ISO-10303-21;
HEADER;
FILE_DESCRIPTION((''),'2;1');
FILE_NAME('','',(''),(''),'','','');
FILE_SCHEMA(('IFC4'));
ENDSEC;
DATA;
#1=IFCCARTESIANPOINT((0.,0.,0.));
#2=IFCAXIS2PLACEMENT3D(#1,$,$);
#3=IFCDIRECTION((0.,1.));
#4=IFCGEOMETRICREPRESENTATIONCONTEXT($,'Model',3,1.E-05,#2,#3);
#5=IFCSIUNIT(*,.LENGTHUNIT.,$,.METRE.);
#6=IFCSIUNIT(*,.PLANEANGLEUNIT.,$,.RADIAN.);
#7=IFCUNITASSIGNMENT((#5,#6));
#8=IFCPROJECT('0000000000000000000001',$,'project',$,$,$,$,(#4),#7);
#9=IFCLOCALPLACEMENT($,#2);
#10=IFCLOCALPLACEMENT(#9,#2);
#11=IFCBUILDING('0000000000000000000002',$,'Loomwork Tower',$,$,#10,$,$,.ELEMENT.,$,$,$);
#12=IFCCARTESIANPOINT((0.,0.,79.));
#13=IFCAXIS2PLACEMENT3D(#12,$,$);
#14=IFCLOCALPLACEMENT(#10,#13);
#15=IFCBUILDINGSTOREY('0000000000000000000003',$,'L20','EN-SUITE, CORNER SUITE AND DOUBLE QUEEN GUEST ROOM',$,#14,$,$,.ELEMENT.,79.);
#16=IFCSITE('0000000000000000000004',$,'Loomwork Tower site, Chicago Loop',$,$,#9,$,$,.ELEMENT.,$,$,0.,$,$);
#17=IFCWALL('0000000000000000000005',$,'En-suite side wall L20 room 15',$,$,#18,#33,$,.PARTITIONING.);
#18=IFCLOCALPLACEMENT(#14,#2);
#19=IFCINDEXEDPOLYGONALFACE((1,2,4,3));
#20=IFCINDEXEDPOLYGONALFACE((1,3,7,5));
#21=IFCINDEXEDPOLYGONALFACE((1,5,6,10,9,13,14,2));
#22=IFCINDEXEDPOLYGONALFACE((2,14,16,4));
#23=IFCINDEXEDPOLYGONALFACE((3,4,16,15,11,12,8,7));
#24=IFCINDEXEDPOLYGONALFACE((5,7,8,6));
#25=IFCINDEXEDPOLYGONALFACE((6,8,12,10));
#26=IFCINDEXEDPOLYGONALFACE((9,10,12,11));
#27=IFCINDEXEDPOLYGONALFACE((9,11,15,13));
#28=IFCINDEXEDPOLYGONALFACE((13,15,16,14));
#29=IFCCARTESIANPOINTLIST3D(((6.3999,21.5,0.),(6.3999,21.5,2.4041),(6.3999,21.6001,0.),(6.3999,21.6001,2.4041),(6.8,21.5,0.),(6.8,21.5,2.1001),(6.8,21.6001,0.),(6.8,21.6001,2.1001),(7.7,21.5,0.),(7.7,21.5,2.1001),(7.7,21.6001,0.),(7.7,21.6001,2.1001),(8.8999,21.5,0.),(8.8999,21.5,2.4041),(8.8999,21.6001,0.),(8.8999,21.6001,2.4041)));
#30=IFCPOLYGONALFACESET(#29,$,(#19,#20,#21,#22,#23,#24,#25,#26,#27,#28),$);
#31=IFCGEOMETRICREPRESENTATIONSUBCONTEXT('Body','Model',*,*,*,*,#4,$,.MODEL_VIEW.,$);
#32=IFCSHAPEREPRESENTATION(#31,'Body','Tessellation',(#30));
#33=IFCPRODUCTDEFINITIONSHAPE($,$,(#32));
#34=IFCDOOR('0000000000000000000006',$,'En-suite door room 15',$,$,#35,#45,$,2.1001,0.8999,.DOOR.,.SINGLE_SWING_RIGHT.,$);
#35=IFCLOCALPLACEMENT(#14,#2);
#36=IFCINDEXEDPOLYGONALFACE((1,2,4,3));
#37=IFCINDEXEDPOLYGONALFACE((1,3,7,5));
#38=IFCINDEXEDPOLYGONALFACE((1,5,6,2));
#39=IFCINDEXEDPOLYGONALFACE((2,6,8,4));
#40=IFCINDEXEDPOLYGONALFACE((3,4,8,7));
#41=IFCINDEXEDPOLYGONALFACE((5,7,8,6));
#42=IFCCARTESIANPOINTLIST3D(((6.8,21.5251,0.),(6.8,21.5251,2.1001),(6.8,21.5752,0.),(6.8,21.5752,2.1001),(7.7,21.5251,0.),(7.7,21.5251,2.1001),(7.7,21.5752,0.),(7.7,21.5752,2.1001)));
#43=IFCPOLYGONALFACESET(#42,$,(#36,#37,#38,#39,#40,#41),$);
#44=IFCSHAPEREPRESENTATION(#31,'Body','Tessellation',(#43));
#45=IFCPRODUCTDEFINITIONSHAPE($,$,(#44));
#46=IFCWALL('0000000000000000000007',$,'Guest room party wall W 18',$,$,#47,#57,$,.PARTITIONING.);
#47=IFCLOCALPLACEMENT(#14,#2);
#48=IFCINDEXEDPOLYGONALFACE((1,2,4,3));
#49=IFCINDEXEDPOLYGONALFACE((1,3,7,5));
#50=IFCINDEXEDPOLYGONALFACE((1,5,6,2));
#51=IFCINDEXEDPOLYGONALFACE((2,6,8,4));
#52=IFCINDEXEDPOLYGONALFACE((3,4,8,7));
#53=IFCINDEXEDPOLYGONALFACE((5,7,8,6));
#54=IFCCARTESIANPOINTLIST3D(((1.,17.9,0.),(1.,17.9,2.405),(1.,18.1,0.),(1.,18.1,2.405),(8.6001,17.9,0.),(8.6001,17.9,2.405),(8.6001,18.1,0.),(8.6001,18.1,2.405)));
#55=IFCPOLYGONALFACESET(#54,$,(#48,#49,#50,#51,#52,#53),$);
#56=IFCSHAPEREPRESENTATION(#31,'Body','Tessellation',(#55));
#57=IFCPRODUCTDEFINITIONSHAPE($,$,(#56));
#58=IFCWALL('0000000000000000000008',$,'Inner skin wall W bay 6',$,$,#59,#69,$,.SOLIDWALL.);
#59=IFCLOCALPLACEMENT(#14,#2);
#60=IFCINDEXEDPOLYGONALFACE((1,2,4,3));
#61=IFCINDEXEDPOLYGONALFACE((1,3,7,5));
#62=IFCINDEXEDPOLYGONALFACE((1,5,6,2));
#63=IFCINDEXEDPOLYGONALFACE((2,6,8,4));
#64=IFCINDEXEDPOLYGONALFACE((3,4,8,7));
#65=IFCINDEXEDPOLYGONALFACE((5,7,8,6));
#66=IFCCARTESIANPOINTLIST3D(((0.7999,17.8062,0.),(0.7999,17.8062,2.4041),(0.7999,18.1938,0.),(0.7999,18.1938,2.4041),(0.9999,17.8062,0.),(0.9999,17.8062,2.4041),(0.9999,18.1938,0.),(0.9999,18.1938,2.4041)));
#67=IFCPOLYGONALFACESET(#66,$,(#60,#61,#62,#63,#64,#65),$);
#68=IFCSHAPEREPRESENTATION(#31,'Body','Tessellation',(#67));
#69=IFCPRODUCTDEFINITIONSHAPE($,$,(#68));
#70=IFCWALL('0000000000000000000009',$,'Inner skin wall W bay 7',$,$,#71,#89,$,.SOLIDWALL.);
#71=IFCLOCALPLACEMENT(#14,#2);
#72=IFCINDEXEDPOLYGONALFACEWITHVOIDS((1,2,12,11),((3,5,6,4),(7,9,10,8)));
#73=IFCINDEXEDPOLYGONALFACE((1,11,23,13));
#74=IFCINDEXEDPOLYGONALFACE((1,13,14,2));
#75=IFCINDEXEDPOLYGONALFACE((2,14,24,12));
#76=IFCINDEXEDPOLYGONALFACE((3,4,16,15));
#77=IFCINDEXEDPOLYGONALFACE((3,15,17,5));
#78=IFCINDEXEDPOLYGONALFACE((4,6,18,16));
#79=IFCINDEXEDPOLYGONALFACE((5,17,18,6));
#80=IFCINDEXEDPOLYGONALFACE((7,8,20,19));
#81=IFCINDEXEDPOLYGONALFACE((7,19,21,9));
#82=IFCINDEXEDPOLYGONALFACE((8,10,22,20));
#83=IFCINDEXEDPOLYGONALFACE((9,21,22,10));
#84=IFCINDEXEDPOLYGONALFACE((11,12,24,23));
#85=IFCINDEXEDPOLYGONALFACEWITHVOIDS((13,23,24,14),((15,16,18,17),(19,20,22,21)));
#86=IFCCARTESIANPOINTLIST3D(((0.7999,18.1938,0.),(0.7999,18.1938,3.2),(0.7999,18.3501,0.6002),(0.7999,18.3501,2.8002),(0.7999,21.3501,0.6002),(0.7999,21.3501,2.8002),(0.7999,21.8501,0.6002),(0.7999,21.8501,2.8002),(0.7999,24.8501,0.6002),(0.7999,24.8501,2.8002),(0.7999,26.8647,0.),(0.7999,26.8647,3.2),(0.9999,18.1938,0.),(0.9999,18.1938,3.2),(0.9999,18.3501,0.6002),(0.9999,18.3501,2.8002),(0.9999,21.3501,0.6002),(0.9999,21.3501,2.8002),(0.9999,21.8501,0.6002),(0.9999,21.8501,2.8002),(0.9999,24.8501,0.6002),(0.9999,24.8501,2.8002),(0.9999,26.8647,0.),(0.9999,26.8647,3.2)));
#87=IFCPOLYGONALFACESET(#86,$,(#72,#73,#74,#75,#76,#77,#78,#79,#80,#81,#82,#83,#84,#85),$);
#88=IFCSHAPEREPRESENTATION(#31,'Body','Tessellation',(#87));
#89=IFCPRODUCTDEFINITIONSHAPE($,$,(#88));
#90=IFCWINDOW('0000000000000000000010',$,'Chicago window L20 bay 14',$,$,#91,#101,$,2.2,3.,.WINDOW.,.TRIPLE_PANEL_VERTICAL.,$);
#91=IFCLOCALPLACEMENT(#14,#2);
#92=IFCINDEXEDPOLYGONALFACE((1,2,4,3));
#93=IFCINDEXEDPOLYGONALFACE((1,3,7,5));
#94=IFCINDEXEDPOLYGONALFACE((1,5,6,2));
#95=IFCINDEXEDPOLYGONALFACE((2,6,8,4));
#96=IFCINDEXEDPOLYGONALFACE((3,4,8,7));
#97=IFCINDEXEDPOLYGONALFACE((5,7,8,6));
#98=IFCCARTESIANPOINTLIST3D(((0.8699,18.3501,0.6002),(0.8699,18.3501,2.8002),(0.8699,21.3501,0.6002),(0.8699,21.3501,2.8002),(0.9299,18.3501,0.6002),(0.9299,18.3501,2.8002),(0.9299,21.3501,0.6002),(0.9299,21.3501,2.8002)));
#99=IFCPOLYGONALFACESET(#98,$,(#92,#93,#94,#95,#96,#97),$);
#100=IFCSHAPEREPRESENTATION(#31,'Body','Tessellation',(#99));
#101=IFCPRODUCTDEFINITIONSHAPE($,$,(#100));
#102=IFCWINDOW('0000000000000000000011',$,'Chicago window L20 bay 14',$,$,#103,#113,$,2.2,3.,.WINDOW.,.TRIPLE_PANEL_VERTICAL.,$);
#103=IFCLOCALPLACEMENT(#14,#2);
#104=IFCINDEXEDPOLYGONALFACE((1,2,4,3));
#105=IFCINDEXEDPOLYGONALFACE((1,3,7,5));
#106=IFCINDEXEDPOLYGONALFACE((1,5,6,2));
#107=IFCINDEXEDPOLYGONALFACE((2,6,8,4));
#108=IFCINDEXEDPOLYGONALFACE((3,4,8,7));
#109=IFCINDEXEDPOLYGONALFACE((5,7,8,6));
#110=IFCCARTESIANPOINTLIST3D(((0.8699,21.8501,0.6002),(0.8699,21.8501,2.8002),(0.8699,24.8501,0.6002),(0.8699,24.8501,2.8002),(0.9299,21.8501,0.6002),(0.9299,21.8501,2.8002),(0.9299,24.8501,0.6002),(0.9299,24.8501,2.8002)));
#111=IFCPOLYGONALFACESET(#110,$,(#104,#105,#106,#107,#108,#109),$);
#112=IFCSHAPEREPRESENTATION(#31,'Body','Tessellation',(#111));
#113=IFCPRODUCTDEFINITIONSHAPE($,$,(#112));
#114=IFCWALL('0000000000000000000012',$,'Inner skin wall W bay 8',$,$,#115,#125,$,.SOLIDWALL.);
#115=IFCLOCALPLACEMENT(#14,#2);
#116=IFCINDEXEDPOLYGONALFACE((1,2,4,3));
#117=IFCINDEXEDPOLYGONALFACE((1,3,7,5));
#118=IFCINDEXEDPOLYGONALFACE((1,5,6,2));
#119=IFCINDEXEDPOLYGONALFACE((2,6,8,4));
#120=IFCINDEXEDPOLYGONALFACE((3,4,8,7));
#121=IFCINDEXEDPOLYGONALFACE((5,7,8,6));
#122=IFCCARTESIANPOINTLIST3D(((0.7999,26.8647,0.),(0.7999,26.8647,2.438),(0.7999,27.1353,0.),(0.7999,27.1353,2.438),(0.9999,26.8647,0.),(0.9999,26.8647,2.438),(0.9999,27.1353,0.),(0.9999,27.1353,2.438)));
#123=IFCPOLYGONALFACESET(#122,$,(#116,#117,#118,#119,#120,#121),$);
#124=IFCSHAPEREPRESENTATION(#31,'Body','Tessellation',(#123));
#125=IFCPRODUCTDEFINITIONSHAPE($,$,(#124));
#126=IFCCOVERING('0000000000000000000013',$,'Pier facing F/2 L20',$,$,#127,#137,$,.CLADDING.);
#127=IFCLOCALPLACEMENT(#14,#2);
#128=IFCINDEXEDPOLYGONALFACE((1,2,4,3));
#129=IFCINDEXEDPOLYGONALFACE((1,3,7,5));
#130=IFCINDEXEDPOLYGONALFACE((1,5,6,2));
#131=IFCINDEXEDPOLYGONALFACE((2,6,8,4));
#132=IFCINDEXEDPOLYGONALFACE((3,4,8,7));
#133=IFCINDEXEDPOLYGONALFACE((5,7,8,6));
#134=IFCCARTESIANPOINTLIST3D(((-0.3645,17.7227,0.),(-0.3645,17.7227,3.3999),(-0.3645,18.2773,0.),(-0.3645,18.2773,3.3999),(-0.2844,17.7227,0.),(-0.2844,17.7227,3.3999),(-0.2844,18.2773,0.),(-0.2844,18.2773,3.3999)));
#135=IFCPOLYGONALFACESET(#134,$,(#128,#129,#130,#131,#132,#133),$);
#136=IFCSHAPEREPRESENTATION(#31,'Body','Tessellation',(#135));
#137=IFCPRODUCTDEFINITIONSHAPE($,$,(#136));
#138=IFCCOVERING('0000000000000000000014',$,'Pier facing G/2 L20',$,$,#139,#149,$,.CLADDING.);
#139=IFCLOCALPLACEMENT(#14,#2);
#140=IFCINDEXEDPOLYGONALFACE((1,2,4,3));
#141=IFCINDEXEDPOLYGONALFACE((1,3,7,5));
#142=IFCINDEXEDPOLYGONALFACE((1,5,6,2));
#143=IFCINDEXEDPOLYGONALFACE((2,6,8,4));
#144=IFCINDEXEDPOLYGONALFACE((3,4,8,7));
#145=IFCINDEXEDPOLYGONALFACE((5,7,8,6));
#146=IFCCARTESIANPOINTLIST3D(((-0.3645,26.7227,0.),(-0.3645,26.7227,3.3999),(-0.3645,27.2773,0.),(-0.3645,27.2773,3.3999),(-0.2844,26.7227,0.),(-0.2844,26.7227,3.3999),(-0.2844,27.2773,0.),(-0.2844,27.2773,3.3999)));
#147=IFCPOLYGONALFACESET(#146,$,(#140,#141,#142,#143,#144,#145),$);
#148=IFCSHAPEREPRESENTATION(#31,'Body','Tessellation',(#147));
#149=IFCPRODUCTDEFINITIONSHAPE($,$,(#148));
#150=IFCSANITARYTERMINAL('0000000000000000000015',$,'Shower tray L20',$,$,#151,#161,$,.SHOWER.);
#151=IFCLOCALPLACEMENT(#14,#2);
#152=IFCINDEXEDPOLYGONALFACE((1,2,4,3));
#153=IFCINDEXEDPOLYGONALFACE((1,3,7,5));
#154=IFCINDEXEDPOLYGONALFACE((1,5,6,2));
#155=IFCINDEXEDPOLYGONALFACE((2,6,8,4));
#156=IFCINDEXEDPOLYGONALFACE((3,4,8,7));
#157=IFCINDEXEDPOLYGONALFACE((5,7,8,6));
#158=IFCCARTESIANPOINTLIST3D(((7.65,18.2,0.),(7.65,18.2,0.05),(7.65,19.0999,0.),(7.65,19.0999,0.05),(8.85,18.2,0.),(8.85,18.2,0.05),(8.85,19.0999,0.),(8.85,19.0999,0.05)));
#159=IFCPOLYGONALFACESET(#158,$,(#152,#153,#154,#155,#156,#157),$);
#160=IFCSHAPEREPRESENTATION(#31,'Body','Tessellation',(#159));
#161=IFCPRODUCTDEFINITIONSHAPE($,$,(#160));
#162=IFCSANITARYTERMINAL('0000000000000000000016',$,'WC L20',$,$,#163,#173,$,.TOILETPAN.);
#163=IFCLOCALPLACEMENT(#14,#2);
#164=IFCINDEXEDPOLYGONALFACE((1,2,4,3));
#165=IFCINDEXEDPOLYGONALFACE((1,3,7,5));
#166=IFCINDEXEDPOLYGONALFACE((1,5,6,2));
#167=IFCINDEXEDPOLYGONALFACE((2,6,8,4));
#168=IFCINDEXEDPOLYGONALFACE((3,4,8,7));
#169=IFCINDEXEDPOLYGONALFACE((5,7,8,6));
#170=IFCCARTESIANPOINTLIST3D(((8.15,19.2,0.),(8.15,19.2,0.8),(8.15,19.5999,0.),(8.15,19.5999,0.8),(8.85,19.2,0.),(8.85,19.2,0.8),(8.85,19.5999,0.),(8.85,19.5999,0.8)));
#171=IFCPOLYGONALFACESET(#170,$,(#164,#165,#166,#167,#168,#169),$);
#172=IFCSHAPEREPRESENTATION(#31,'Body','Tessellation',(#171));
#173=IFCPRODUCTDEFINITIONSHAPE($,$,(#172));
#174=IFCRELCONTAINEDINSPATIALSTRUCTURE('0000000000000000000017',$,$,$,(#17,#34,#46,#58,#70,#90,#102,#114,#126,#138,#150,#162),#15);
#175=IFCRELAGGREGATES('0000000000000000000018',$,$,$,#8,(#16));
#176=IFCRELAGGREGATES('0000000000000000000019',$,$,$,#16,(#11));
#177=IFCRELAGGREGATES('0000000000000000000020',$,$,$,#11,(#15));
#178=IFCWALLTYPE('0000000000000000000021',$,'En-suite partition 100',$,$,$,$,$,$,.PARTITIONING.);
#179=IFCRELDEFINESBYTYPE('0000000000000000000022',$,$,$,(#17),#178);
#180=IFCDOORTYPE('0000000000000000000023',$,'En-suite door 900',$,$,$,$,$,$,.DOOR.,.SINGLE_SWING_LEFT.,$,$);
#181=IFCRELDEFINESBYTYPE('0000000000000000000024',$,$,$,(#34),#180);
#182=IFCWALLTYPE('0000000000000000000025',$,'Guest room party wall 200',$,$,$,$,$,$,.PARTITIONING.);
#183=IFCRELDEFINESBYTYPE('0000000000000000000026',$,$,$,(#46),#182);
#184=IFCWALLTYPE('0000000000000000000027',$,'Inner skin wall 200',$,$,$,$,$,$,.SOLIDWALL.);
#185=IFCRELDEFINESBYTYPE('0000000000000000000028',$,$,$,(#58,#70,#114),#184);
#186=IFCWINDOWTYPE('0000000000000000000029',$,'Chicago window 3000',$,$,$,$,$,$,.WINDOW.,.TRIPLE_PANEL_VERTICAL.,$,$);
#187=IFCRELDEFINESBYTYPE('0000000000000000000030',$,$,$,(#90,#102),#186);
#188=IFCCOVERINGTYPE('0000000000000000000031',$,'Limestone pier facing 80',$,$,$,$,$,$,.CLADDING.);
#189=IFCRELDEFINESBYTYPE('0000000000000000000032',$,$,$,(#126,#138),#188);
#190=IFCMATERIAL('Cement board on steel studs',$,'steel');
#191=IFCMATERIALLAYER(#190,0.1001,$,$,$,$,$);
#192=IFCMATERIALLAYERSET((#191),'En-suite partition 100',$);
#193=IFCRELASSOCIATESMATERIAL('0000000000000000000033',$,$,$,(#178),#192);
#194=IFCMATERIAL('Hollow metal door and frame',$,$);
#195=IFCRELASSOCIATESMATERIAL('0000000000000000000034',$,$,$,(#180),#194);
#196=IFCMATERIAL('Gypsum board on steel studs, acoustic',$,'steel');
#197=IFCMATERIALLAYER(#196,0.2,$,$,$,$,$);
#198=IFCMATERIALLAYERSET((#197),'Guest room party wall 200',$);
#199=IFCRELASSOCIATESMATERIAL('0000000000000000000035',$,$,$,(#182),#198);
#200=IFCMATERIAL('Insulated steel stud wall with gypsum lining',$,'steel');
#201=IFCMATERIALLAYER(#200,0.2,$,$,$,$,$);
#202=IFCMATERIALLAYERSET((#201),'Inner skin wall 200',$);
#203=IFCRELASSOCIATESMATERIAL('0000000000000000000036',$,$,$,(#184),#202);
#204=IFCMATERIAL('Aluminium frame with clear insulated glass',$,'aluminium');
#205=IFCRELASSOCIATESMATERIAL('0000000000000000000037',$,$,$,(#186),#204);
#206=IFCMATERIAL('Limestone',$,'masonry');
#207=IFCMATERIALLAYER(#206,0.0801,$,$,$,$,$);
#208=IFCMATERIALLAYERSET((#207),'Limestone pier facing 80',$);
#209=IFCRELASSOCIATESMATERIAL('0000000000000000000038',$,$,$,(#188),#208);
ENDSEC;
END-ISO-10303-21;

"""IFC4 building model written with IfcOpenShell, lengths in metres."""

from ifc_helpers import new_model, si_unit, direction, frame, frame_2d, origin, origin_2d, place, context, subcontext, project, spatial, rectangle, extrude, material, layer, layer_set, type_object, element, fill, save


model = new_model("IFC4")

# Units and contexts
model_context = context("Model", 3, precision=1e-05, world=origin(), true_north=direction((0.0, 1.0)))
body_context = subcontext(model_context, "Body", "Model", "MODEL_VIEW")
ifc_project = project(units=[si_unit("LENGTHUNIT", "METRE"), si_unit("PLANEANGLEUNIT", "RADIAN")], contexts=[model_context])

# Site, building, storey
site_placement = place(None, origin())
site = spatial("IfcSite", under=ifc_project, at=site_placement, Name="Loomwork Tower site, Chicago Loop", CompositionType="ELEMENT", RefElevation=0.0)
building_placement = place(site_placement, origin())
building = spatial("IfcBuilding", under=site, at=building_placement, Name="Loomwork Tower", CompositionType="ELEMENT")
storey_placement = place(building_placement, frame((0.0, 0.0, 79.0)))
storey = spatial("IfcBuildingStorey", under=building, at=storey_placement, Name="L20", Description="EN-SUITE, CORNER SUITE AND DOUBLE QUEEN GUEST ROOM", CompositionType="ELEMENT", Elevation=79.0)

# Shared definitions
ifc_material_1 = material(Name="Cement board on steel studs", Category="steel")
ifc_layer_1 = layer(ifc_material_1, 0.1001)
ifc_layer_set_1 = layer_set([ifc_layer_1], Name="En-suite partition 100")
wall_type_1 = type_object("IfcWallType", Name="En-suite partition 100", PredefinedType="PARTITIONING", material=ifc_layer_set_1)

# Wall, opening, door
wall_1_placement = place(storey_placement, frame((8.8999, 21.55, 0.0), z_axis=(0.0, 0.0, 1.0), x_axis=(-1.0, 0.0, 0.0)))
wall_1 = element("IfcWall", 1, at=wall_1_placement, inside=storey, type_object=wall_type_1, Name="En-suite side wall L20 room 15", PredefinedType="PARTITIONING", context=body_context, shape_type="SweptSolid", body=[
    extrude(rectangle(XDim=2.5, YDim=0.1001, at=frame_2d((1.25, 0.0))), origin(), (0.0, 0.0, 1.0), 2.4041),
])
opening_1_placement = place(wall_1_placement, frame((1.2, 0.0, 0.0)))
opening_1 = element("IfcOpeningElement", 2, at=opening_1_placement, cuts=wall_1, PredefinedType="OPENING", context=body_context, shape_type="SweptSolid", body=[
    extrude(rectangle(XDim=0.8999, YDim=2.1001, at=frame_2d((0.45, 1.05))), frame((0.0, 0.0601, 0.0), z_axis=(0.0, -1.0, 0.0), x_axis=(1.0, 0.0, 0.0)), (0.0, 0.0, 1.0), 0.1201),
])
ifc_material_2 = material(Name="Hollow metal door and frame")
door_type = type_object("IfcDoorType", Name="En-suite door 900", OperationType="SINGLE_SWING_LEFT", PredefinedType="DOOR", material=ifc_material_2)
door_placement = place(opening_1_placement, origin())
door = element("IfcDoor", 3, at=door_placement, inside=storey, type_object=door_type, Name="En-suite door room 15", OperationType="SINGLE_SWING_RIGHT", OverallHeight=2.1001, OverallWidth=0.8999, PredefinedType="DOOR", context=body_context, shape_type="SweptSolid", body=[
    extrude(rectangle(XDim=0.8999, YDim=2.1001, at=frame_2d((0.45, 1.05))), frame((0.0, 0.0249, 0.0), z_axis=(0.0, -1.0, 0.0), x_axis=(1.0, 0.0, 0.0)), (0.0, 0.0, 1.0), 0.05),
])
fill(opening_1, door)

# Walls
ifc_material_3 = material(Name="Gypsum board on steel studs, acoustic", Category="steel")
ifc_layer_2 = layer(ifc_material_3, 0.2)
ifc_layer_set_2 = layer_set([ifc_layer_2], Name="Guest room party wall 200")
wall_type_2 = type_object("IfcWallType", Name="Guest room party wall 200", PredefinedType="PARTITIONING", material=ifc_layer_set_2)
wall_2_placement = place(storey_placement, frame((8.6001, 18.0, 0.0), z_axis=(0.0, 0.0, 1.0), x_axis=(-1.0, 0.0, 0.0)))
element("IfcWall", 4, at=wall_2_placement, inside=storey, type_object=wall_type_2, Name="Guest room party wall W 18", PredefinedType="PARTITIONING", context=body_context, shape_type="SweptSolid", body=[
    extrude(rectangle(XDim=7.6001, YDim=0.2, at=frame_2d((3.8, 0.0))), origin(), (0.0, 0.0, 1.0), 2.405),
])
ifc_material_4 = material(Name="Insulated steel stud wall with gypsum lining", Category="steel")
ifc_layer_3 = layer(ifc_material_4, 0.2)
ifc_layer_set_3 = layer_set([ifc_layer_3], Name="Inner skin wall 200")
wall_type_3 = type_object("IfcWallType", Name="Inner skin wall 200", PredefinedType="SOLIDWALL", material=ifc_layer_set_3)
wall_3_placement = place(storey_placement, frame((0.8999, 17.8062, 0.0), z_axis=(0.0, 0.0, 1.0), x_axis=(0.0, 1.0, 0.0)))
element("IfcWall", 5, at=wall_3_placement, inside=storey, type_object=wall_type_3, Name="Inner skin wall W bay 6", PredefinedType="SOLIDWALL", context=body_context, shape_type="SweptSolid", body=[
    extrude(rectangle(XDim=0.3877, YDim=0.2, at=frame_2d((0.1938, 0.0))), origin(), (0.0, 0.0, 1.0), 2.4041),
])

# Wall, openings, windows
wall_4_placement = place(storey_placement, frame((0.8999, 18.1938, 0.0), z_axis=(0.0, 0.0, 1.0), x_axis=(0.0, 1.0, 0.0)))
wall_4 = element("IfcWall", 6, at=wall_4_placement, inside=storey, type_object=wall_type_3, Name="Inner skin wall W bay 7", PredefinedType="SOLIDWALL", context=body_context, shape_type="SweptSolid", body=[
    extrude(rectangle(XDim=8.6709, YDim=0.2, at=frame_2d((4.3354, 0.0))), origin(), (0.0, 0.0, 1.0), 3.2),
])
opening_2_placement = place(wall_4_placement, frame((0.1562, 0.0, 0.6001)))
opening_2 = element("IfcOpeningElement", 7, at=opening_2_placement, cuts=wall_4, PredefinedType="OPENING", context=body_context, shape_type="SweptSolid", body=[
    extrude(rectangle(XDim=3.0, YDim=2.2, at=frame_2d((1.5, 1.1001))), frame((0.0, 0.1099, 0.0), z_axis=(0.0, -1.0, 0.0), x_axis=(1.0, 0.0, 0.0)), (0.0, 0.0, 1.0), 0.22),
])
opening_3_placement = place(wall_4_placement, frame((3.6562, 0.0, 0.6001)))
opening_3 = element("IfcOpeningElement", 8, at=opening_3_placement, cuts=wall_4, PredefinedType="OPENING", context=body_context, shape_type="SweptSolid", body=[
    extrude(rectangle(XDim=3.0, YDim=2.2, at=frame_2d((1.5, 1.1001))), frame((0.0, 0.1099, 0.0), z_axis=(0.0, -1.0, 0.0), x_axis=(1.0, 0.0, 0.0)), (0.0, 0.0, 1.0), 0.22),
])
ifc_material_5 = material(Name="Aluminium frame with clear insulated glass", Category="aluminium")
window_type = type_object("IfcWindowType", Name="Chicago window 3000", PartitioningType="TRIPLE_PANEL_VERTICAL", PredefinedType="WINDOW", material=ifc_material_5)
window_1_placement = place(opening_2_placement, origin())
window_1 = element("IfcWindow", 9, at=window_1_placement, inside=storey, type_object=window_type, Name="Chicago window L20 bay 14", OverallHeight=2.2, OverallWidth=3.0, PartitioningType="TRIPLE_PANEL_VERTICAL", PredefinedType="WINDOW", context=body_context, shape_type="SweptSolid", body=[
    extrude(rectangle(XDim=3.0, YDim=2.2, at=frame_2d((1.5, 1.1001))), frame((0.0, 0.03, 0.0), z_axis=(0.0, -1.0, 0.0), x_axis=(1.0, 0.0, 0.0)), (0.0, 0.0, 1.0), 0.0601),
])
fill(opening_2, window_1)
window_2_placement = place(opening_3_placement, origin())
window_2 = element("IfcWindow", 10, at=window_2_placement, inside=storey, type_object=window_type, Name="Chicago window L20 bay 14", OverallHeight=2.2, OverallWidth=3.0, PartitioningType="TRIPLE_PANEL_VERTICAL", PredefinedType="WINDOW", context=body_context, shape_type="SweptSolid", body=[
    extrude(rectangle(XDim=3.0, YDim=2.2, at=frame_2d((1.5, 1.1001))), frame((0.0, 0.03, 0.0), z_axis=(0.0, -1.0, 0.0), x_axis=(1.0, 0.0, 0.0)), (0.0, 0.0, 1.0), 0.0601),
])
fill(opening_3, window_2)

# Wall
wall_5_placement = place(storey_placement, frame((0.8999, 26.8647, 0.0), z_axis=(0.0, 0.0, 1.0), x_axis=(0.0, 1.0, 0.0)))
element("IfcWall", 11, at=wall_5_placement, inside=storey, type_object=wall_type_3, Name="Inner skin wall W bay 8", PredefinedType="SOLIDWALL", context=body_context, shape_type="SweptSolid", body=[
    extrude(rectangle(XDim=0.2705, YDim=0.2, at=frame_2d((0.1353, 0.0))), origin(), (0.0, 0.0, 1.0), 2.438),
])

# Coverings
ifc_material_6 = material(Name="Limestone", Category="masonry")
ifc_layer_4 = layer(ifc_material_6, 0.0801)
ifc_layer_set_4 = layer_set([ifc_layer_4], Name="Limestone pier facing 80")
covering_type = type_object("IfcCoveringType", Name="Limestone pier facing 80", PredefinedType="CLADDING", material=ifc_layer_set_4)
for number, where, z_axis, x_axis, name in (
    (12, (-0.3245, 18.0, 0.0), (0.0, 0.0, 1.0), (1.0, 0.0, 0.0), "Pier facing F/2 L20"),
    (13, (-0.3245, 27.0, 0.0), (0.0, 0.0, 1.0), (1.0, 0.0, 0.0), "Pier facing G/2 L20"),
):
    element("IfcCovering", number, at=place(storey_placement, frame(where, z_axis=z_axis, x_axis=x_axis)), inside=storey, type_object=covering_type, Name=name, PredefinedType="CLADDING", context=body_context, shape_type="SweptSolid", body=[
        extrude(rectangle(XDim=0.0801, YDim=0.5547, at=origin_2d()), origin(), (0.0, 0.0, 1.0), 3.3999),
    ])

# Sanitary terminals
sanitary_terminal_1_placement = place(storey_placement, frame((8.25, 18.6499, 0.0), z_axis=(0.0, 0.0, 1.0), x_axis=(1.0, 0.0, 0.0)))
element("IfcSanitaryTerminal", 14, at=sanitary_terminal_1_placement, inside=storey, Name="Shower tray L20", PredefinedType="SHOWER", context=body_context, shape_type="SweptSolid", body=[
    extrude(rectangle(XDim=1.2, YDim=0.8999, at=origin_2d()), origin(), (0.0, 0.0, 1.0), 0.05),
])
sanitary_terminal_2_placement = place(storey_placement, frame((8.5, 19.3999, 0.0), z_axis=(0.0, 0.0, 1.0), x_axis=(1.0, 0.0, 0.0)))
element("IfcSanitaryTerminal", 15, at=sanitary_terminal_2_placement, inside=storey, Name="WC L20", PredefinedType="TOILETPAN", context=body_context, shape_type="SweptSolid", body=[
    extrude(rectangle(XDim=0.7, YDim=0.3999, at=origin_2d()), origin(), (0.0, 0.0, 1.0), 0.8),
])

save(model, "model.ifc")
